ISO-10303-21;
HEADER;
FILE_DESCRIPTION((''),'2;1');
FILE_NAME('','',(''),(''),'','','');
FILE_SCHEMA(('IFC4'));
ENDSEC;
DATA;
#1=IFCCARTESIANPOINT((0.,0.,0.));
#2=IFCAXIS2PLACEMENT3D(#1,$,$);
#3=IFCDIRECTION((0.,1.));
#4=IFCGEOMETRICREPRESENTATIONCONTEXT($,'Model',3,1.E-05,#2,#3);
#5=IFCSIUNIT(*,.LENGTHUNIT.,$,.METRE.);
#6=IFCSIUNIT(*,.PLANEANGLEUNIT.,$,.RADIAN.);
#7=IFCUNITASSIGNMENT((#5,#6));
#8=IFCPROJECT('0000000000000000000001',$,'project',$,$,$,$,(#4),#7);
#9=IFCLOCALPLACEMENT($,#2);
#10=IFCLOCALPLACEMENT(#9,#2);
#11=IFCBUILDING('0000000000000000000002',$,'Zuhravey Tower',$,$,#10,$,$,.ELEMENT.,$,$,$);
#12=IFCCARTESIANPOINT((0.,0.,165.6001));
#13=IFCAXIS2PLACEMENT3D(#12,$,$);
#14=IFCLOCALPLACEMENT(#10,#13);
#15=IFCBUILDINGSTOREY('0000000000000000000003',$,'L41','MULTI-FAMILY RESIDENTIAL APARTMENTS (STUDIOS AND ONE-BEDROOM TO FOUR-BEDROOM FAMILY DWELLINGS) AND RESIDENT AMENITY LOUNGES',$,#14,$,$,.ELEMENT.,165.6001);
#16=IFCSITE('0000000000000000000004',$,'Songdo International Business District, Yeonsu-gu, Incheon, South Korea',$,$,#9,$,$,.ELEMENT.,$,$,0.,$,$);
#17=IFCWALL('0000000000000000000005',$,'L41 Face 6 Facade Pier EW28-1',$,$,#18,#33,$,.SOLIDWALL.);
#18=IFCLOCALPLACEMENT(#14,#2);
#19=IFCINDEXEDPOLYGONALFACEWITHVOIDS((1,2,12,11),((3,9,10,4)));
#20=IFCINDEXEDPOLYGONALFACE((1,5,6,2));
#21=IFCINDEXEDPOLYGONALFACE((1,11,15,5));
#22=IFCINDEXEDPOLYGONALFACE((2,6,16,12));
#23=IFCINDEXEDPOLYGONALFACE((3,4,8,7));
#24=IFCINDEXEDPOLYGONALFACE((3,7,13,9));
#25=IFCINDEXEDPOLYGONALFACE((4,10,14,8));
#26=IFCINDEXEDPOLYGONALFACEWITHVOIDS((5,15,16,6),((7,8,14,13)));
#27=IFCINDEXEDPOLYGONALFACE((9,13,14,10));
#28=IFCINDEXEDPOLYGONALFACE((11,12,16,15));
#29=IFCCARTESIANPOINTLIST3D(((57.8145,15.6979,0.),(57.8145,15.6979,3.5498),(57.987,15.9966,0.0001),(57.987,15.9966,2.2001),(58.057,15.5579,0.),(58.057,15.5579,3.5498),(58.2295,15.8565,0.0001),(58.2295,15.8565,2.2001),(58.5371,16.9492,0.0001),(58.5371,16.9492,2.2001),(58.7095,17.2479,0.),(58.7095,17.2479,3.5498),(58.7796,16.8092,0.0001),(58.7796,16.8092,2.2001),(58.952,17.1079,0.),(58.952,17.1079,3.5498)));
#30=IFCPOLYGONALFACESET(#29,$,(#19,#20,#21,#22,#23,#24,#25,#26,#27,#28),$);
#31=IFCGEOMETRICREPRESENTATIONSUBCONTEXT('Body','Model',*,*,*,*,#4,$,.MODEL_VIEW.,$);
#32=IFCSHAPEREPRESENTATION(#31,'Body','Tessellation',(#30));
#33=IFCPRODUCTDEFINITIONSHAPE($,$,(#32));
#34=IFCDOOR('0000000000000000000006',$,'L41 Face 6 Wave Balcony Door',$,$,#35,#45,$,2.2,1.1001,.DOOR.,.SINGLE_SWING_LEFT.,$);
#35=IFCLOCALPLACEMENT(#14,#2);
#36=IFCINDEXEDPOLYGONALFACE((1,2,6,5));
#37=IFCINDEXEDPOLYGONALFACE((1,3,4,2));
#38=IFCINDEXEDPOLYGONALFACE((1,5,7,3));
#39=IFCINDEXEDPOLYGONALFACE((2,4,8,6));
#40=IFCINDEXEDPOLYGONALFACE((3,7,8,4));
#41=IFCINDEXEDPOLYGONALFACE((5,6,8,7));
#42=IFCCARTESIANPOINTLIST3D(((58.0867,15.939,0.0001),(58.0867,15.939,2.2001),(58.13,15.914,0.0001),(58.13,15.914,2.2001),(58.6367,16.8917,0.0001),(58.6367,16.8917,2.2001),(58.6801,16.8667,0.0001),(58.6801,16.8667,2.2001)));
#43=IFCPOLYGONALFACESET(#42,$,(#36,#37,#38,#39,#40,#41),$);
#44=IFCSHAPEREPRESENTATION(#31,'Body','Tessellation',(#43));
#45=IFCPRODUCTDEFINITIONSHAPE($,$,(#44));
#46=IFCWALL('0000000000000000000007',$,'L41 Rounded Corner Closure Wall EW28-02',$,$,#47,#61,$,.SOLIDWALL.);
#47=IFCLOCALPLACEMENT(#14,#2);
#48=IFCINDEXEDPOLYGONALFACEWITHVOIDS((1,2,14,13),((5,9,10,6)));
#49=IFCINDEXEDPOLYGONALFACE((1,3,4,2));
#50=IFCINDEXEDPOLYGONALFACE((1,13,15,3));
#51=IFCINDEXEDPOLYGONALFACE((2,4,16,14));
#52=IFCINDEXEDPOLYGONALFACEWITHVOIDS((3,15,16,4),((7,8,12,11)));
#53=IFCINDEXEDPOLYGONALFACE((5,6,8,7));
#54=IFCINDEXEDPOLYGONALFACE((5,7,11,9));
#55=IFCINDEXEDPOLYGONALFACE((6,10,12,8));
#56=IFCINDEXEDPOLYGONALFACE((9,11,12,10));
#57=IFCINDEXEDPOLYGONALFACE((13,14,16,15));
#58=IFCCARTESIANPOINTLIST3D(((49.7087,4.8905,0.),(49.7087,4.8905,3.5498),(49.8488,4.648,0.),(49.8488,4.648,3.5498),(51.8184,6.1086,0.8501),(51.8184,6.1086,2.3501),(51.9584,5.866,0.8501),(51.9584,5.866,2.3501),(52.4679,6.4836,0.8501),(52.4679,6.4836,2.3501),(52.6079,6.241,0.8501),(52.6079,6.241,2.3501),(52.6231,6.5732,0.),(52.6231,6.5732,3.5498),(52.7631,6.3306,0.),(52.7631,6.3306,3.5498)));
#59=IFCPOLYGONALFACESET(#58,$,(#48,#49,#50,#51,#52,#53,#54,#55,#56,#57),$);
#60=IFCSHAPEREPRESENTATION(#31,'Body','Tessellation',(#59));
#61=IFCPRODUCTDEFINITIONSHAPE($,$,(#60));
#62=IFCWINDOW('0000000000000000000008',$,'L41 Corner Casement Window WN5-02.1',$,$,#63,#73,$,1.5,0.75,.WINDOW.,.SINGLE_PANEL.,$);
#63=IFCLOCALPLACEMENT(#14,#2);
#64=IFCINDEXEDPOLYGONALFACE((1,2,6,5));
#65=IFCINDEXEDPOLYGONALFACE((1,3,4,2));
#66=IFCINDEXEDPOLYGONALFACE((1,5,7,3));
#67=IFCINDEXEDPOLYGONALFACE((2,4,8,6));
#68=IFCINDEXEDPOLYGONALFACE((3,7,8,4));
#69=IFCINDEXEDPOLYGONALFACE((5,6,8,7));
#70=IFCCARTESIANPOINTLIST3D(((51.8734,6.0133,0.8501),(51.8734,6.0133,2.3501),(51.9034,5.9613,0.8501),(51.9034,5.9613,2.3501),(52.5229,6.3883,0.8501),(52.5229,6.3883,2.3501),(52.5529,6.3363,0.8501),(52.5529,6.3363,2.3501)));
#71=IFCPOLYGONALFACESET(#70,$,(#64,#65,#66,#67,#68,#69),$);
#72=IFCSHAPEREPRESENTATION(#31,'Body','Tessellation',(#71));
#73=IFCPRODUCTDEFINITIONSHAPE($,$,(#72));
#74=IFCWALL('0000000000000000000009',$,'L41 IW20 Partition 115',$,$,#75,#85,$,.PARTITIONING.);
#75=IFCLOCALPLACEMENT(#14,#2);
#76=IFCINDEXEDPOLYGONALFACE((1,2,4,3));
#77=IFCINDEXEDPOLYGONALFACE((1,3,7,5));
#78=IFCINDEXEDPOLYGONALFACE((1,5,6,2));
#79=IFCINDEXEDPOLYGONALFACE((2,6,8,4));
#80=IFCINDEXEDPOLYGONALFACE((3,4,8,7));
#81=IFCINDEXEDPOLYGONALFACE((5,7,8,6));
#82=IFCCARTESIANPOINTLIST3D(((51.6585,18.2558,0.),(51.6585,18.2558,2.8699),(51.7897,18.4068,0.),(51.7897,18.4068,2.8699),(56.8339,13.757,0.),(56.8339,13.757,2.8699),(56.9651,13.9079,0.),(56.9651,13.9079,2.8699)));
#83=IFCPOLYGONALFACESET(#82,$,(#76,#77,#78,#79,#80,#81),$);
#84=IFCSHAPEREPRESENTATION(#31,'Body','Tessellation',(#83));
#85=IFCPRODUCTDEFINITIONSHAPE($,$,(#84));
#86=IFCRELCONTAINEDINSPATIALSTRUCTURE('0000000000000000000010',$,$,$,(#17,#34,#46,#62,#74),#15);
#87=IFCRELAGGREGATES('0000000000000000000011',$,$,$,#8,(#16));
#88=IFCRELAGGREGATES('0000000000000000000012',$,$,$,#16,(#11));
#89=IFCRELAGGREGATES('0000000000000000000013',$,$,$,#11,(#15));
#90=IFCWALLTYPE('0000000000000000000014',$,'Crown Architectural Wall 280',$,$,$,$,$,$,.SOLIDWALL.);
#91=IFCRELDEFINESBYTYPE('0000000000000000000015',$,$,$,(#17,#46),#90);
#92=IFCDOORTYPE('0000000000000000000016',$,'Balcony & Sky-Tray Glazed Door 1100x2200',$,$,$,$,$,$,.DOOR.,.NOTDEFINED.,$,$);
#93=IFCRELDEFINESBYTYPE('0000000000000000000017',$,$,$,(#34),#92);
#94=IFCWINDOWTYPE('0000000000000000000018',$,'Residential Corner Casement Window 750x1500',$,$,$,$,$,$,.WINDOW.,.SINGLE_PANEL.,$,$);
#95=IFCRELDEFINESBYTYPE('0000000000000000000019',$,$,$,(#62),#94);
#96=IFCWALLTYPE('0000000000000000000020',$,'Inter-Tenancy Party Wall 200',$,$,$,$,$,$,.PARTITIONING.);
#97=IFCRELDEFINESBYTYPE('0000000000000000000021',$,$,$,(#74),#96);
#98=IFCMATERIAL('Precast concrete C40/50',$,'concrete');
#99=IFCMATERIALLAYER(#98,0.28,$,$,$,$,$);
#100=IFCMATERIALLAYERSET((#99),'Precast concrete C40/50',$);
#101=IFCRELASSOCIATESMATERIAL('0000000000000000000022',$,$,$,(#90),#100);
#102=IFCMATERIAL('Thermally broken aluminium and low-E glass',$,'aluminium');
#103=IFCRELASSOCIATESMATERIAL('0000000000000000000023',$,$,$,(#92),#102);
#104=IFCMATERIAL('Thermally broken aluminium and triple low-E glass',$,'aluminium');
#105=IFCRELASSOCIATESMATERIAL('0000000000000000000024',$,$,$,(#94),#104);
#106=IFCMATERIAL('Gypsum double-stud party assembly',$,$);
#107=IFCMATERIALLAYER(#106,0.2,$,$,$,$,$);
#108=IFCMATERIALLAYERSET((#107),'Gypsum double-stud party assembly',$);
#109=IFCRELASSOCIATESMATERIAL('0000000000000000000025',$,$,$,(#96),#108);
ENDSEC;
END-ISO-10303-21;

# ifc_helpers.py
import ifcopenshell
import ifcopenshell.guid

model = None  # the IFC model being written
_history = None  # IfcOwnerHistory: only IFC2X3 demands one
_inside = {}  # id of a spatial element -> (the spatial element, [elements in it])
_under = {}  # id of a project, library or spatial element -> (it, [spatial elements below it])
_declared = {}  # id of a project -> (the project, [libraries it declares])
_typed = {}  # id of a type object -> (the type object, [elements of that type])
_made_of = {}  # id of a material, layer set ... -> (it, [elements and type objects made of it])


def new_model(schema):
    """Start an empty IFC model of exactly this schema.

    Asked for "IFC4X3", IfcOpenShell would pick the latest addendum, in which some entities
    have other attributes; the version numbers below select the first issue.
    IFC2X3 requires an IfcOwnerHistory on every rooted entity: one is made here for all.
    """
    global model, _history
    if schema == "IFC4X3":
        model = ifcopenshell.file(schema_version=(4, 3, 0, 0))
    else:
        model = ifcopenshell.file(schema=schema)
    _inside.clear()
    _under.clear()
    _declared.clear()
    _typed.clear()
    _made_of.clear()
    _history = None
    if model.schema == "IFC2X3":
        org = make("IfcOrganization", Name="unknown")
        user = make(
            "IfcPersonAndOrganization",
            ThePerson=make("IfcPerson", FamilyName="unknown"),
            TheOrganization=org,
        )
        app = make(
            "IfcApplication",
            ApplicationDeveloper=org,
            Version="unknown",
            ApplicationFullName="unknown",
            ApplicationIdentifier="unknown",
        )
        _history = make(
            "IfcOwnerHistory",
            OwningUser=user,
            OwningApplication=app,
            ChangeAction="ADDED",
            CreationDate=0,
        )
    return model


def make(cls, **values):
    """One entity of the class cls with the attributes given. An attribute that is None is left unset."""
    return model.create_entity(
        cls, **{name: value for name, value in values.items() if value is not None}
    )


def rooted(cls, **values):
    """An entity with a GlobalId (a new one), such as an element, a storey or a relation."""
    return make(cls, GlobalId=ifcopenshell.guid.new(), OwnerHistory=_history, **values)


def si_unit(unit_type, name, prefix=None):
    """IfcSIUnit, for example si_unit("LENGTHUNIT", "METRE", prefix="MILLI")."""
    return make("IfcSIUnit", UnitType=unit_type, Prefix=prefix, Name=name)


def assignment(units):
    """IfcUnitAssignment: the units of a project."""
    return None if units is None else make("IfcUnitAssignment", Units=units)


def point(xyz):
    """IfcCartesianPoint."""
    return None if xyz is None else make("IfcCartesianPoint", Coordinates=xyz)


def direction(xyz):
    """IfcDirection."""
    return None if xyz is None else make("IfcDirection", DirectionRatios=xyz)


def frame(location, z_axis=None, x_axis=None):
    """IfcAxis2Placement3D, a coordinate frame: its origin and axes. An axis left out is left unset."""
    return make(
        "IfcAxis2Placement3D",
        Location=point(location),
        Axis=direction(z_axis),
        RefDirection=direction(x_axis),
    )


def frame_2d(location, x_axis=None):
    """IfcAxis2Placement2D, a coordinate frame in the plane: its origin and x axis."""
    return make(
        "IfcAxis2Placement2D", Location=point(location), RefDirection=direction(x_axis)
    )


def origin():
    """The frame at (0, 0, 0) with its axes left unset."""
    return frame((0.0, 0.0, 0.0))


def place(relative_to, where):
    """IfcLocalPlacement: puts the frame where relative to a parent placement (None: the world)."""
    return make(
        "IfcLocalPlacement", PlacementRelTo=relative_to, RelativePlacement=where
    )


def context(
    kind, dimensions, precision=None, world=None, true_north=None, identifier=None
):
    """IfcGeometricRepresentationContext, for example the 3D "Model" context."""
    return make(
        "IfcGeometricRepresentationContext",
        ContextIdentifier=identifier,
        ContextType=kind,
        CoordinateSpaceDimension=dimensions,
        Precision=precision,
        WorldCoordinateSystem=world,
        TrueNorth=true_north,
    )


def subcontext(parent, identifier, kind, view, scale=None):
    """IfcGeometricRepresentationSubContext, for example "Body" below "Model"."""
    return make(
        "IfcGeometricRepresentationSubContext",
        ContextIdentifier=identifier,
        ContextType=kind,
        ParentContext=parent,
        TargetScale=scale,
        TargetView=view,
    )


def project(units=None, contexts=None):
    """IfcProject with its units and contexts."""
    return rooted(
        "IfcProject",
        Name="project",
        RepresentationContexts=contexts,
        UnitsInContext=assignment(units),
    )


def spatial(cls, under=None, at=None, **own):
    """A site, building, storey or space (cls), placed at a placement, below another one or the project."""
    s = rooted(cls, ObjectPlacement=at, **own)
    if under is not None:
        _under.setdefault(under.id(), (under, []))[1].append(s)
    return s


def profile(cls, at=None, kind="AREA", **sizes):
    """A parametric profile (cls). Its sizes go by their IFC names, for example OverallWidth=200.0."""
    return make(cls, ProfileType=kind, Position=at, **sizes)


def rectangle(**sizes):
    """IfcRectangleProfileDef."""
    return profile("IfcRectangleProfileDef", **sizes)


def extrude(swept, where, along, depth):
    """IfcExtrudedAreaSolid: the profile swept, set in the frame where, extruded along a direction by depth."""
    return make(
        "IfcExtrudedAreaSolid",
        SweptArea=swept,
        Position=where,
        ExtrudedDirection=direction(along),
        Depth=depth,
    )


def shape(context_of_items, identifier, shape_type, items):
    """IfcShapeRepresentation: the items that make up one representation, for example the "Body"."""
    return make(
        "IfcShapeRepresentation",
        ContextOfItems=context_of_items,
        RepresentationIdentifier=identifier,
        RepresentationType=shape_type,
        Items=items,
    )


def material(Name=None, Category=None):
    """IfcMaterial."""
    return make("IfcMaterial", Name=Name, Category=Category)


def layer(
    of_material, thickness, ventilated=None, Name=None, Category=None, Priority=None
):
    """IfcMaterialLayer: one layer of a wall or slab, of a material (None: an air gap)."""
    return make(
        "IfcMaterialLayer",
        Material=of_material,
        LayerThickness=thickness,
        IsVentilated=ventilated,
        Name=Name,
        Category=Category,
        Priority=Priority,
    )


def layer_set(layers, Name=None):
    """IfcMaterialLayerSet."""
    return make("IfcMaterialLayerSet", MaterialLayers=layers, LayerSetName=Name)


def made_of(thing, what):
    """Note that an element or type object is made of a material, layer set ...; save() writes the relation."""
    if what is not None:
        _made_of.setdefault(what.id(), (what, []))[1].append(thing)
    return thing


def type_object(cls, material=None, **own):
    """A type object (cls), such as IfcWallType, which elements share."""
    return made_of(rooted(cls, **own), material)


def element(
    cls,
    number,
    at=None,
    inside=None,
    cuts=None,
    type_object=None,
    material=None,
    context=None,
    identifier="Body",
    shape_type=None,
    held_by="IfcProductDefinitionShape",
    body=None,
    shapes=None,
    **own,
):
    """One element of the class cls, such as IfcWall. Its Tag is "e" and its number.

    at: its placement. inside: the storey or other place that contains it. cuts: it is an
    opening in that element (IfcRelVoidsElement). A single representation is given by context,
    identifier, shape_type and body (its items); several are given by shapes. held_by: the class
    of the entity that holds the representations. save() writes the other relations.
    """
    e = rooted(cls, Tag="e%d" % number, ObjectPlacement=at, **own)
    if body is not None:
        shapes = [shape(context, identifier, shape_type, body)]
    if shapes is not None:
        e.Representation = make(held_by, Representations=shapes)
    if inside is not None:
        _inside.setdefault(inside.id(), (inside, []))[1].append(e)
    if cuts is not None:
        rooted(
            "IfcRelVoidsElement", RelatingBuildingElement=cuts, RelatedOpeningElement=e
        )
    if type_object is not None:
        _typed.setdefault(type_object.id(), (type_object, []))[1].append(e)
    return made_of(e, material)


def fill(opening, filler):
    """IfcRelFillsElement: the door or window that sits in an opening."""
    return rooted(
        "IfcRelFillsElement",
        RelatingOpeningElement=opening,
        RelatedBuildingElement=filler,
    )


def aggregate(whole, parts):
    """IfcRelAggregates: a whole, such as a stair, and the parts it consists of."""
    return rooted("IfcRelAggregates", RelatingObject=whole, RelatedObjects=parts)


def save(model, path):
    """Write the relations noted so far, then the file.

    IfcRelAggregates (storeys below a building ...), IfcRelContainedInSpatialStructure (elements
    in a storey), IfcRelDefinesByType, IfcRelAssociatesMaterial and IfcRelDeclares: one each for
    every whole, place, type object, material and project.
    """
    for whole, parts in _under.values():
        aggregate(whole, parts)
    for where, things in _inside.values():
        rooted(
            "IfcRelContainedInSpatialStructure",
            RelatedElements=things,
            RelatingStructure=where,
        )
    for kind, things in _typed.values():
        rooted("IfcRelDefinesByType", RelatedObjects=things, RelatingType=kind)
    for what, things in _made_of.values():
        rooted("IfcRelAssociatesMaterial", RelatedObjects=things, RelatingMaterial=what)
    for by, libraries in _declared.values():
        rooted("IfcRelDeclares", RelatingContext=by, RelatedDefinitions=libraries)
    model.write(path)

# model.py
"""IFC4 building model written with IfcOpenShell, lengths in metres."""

from ifc_helpers import new_model, si_unit, direction, frame, frame_2d, origin, place, context, subcontext, project, spatial, rectangle, extrude, material, layer, layer_set, type_object, element, fill, save


model = new_model("IFC4")

# Units and contexts
model_context = context("Model", 3, precision=1e-05, world=origin(), true_north=direction((0.0, 1.0)))
body_context = subcontext(model_context, "Body", "Model", "MODEL_VIEW")
ifc_project = project(units=[si_unit("LENGTHUNIT", "METRE"), si_unit("PLANEANGLEUNIT", "RADIAN")], contexts=[model_context])

# Site, building, storey
site_placement = place(None, origin())
site = spatial("IfcSite", under=ifc_project, at=site_placement, Name="Songdo International Business District, Yeonsu-gu, Incheon, South Korea", CompositionType="ELEMENT", RefElevation=0.0)
building_placement = place(site_placement, origin())
building = spatial("IfcBuilding", under=site, at=building_placement, Name="Zuhravey Tower", CompositionType="ELEMENT")
storey_placement = place(building_placement, frame((0.0, 0.0, 165.6001)))
storey = spatial("IfcBuildingStorey", under=building, at=storey_placement, Name="L41", Description="MULTI-FAMILY RESIDENTIAL APARTMENTS (STUDIOS AND ONE-BEDROOM TO FOUR-BEDROOM FAMILY DWELLINGS) AND RESIDENT AMENITY LOUNGES", CompositionType="ELEMENT", Elevation=165.6001)

# Wall, opening, door
ifc_material_1 = material(Name="Precast concrete C40/50", Category="concrete")
ifc_layer_1 = layer(ifc_material_1, 0.28)
ifc_layer_set_1 = layer_set([ifc_layer_1], Name="Precast concrete C40/50")
wall_type_1 = type_object("IfcWallType", Name="Crown Architectural Wall 280", PredefinedType="SOLIDWALL", material=ifc_layer_set_1)
wall_1_placement = place(storey_placement, frame((58.8308, 17.178, 0.0), z_axis=(0.0, 0.0, 1.0), x_axis=(-0.500041, -0.866002, 0.0)))
wall_1 = element("IfcWall", 1, at=wall_1_placement, inside=storey, type_object=wall_type_1, Name="L41 Face 6 Facade Pier EW28-1", PredefinedType="SOLIDWALL", context=body_context, shape_type="SweptSolid", body=[
    extrude(rectangle(XDim=1.7898, YDim=0.28, at=frame_2d((0.895, 0.0))), origin(), (0.0, 0.0, 1.0), 3.5498),
])
opening_1_placement = place(wall_1_placement, frame((0.345, 0.0, 0.0)))
opening_1 = element("IfcOpeningElement", 2, at=opening_1_placement, cuts=wall_1, PredefinedType="OPENING", context=body_context, shape_type="SweptSolid", body=[
    extrude(rectangle(XDim=1.1001, YDim=2.2, at=frame_2d((0.55, 1.1001))), frame((0.0, 0.1521, 0.0), z_axis=(0.0, -1.0, 0.0), x_axis=(1.0, 0.0, 0.0)), (0.0, 0.0, 1.0), 0.304),
])
ifc_material_2 = material(Name="Thermally broken aluminium and low-E glass", Category="aluminium")
door_type = type_object("IfcDoorType", Name="Balcony & Sky-Tray Glazed Door 1100x2200", OperationType="NOTDEFINED", PredefinedType="DOOR", material=ifc_material_2)
door_placement = place(opening_1_placement, frame((1.1001, 0.0, 0.0), z_axis=(0.0, 0.0, 1.0), x_axis=(-1.0, 0.0, 0.0)))
door = element("IfcDoor", 3, at=door_placement, inside=storey, type_object=door_type, Name="L41 Face 6 Wave Balcony Door", OperationType="SINGLE_SWING_LEFT", OverallHeight=2.2, OverallWidth=1.1001, PredefinedType="DOOR", context=body_context, shape_type="SweptSolid", body=[
    extrude(rectangle(XDim=1.1001, YDim=2.2, at=frame_2d((0.55, 1.1001))), frame((0.0, 0.0249, 0.0), z_axis=(0.0, -1.0, 0.0), x_axis=(1.0, 0.0, 0.0)), (0.0, 0.0, 1.0), 0.05),
])
fill(opening_1, door)

# Wall, opening, window
wall_2_placement = place(storey_placement, frame((52.6931, 6.4519, 0.0), z_axis=(0.0, 0.0, 1.0), x_axis=(-0.86602, -0.500009, 0.0)))
wall_2 = element("IfcWall", 4, at=wall_2_placement, inside=storey, type_object=wall_type_1, Name="L41 Rounded Corner Closure Wall EW28-02", PredefinedType="SOLIDWALL", context=body_context, shape_type="SweptSolid", body=[
    extrude(rectangle(XDim=3.3652, YDim=0.28, at=frame_2d((1.6826, 0.0))), origin(), (0.0, 0.0, 1.0), 3.5498),
])
opening_2_placement = place(wall_2_placement, frame((0.1792, 0.0, 0.8501)))
opening_2 = element("IfcOpeningElement", 5, at=opening_2_placement, cuts=wall_2, PredefinedType="OPENING", context=body_context, shape_type="SweptSolid", body=[
    extrude(rectangle(XDim=0.75, YDim=1.5, at=frame_2d((0.375, 0.75))), frame((0.0, 0.1521, 0.0), z_axis=(0.0, -1.0, 0.0), x_axis=(1.0, 0.0, 0.0)), (0.0, 0.0, 1.0), 0.304),
])
ifc_material_3 = material(Name="Thermally broken aluminium and triple low-E glass", Category="aluminium")
window_type = type_object("IfcWindowType", Name="Residential Corner Casement Window 750x1500", PartitioningType="SINGLE_PANEL", PredefinedType="WINDOW", material=ifc_material_3)
window_placement = place(opening_2_placement, origin())
window = element("IfcWindow", 6, at=window_placement, inside=storey, type_object=window_type, Name="L41 Corner Casement Window WN5-02.1", OverallHeight=1.5, OverallWidth=0.75, PartitioningType="SINGLE_PANEL", PredefinedType="WINDOW", context=body_context, shape_type="SweptSolid", body=[
    extrude(rectangle(XDim=0.75, YDim=1.5, at=frame_2d((0.375, 0.75))), frame((0.0, 0.03, 0.0), z_axis=(0.0, -1.0, 0.0), x_axis=(1.0, 0.0, 0.0)), (0.0, 0.0, 1.0), 0.0601),
])
fill(opening_2, window)

# Wall
ifc_material_4 = material(Name="Gypsum double-stud party assembly")
ifc_layer_2 = layer(ifc_material_4, 0.2)
ifc_layer_set_2 = layer_set([ifc_layer_2], Name="Gypsum double-stud party assembly")
wall_type_2 = type_object("IfcWallType", Name="Inter-Tenancy Party Wall 200", PredefinedType="PARTITIONING", material=ifc_layer_set_2)
wall_3_placement = place(storey_placement, frame((51.7241, 18.3313, 0.0), z_axis=(0.0, 0.0, 1.0), x_axis=(0.754712, -0.656056, 0.0)))
element("IfcWall", 7, at=wall_3_placement, inside=storey, type_object=wall_type_2, Name="L41 IW20 Partition 115", PredefinedType="PARTITIONING", context=body_context, shape_type="SweptSolid", body=[
    extrude(rectangle(XDim=6.8574, YDim=0.2, at=frame_2d((3.4287, 0.0))), origin(), (0.0, 0.0, 1.0), 2.8699),
])

save(model, "model.ifc")
